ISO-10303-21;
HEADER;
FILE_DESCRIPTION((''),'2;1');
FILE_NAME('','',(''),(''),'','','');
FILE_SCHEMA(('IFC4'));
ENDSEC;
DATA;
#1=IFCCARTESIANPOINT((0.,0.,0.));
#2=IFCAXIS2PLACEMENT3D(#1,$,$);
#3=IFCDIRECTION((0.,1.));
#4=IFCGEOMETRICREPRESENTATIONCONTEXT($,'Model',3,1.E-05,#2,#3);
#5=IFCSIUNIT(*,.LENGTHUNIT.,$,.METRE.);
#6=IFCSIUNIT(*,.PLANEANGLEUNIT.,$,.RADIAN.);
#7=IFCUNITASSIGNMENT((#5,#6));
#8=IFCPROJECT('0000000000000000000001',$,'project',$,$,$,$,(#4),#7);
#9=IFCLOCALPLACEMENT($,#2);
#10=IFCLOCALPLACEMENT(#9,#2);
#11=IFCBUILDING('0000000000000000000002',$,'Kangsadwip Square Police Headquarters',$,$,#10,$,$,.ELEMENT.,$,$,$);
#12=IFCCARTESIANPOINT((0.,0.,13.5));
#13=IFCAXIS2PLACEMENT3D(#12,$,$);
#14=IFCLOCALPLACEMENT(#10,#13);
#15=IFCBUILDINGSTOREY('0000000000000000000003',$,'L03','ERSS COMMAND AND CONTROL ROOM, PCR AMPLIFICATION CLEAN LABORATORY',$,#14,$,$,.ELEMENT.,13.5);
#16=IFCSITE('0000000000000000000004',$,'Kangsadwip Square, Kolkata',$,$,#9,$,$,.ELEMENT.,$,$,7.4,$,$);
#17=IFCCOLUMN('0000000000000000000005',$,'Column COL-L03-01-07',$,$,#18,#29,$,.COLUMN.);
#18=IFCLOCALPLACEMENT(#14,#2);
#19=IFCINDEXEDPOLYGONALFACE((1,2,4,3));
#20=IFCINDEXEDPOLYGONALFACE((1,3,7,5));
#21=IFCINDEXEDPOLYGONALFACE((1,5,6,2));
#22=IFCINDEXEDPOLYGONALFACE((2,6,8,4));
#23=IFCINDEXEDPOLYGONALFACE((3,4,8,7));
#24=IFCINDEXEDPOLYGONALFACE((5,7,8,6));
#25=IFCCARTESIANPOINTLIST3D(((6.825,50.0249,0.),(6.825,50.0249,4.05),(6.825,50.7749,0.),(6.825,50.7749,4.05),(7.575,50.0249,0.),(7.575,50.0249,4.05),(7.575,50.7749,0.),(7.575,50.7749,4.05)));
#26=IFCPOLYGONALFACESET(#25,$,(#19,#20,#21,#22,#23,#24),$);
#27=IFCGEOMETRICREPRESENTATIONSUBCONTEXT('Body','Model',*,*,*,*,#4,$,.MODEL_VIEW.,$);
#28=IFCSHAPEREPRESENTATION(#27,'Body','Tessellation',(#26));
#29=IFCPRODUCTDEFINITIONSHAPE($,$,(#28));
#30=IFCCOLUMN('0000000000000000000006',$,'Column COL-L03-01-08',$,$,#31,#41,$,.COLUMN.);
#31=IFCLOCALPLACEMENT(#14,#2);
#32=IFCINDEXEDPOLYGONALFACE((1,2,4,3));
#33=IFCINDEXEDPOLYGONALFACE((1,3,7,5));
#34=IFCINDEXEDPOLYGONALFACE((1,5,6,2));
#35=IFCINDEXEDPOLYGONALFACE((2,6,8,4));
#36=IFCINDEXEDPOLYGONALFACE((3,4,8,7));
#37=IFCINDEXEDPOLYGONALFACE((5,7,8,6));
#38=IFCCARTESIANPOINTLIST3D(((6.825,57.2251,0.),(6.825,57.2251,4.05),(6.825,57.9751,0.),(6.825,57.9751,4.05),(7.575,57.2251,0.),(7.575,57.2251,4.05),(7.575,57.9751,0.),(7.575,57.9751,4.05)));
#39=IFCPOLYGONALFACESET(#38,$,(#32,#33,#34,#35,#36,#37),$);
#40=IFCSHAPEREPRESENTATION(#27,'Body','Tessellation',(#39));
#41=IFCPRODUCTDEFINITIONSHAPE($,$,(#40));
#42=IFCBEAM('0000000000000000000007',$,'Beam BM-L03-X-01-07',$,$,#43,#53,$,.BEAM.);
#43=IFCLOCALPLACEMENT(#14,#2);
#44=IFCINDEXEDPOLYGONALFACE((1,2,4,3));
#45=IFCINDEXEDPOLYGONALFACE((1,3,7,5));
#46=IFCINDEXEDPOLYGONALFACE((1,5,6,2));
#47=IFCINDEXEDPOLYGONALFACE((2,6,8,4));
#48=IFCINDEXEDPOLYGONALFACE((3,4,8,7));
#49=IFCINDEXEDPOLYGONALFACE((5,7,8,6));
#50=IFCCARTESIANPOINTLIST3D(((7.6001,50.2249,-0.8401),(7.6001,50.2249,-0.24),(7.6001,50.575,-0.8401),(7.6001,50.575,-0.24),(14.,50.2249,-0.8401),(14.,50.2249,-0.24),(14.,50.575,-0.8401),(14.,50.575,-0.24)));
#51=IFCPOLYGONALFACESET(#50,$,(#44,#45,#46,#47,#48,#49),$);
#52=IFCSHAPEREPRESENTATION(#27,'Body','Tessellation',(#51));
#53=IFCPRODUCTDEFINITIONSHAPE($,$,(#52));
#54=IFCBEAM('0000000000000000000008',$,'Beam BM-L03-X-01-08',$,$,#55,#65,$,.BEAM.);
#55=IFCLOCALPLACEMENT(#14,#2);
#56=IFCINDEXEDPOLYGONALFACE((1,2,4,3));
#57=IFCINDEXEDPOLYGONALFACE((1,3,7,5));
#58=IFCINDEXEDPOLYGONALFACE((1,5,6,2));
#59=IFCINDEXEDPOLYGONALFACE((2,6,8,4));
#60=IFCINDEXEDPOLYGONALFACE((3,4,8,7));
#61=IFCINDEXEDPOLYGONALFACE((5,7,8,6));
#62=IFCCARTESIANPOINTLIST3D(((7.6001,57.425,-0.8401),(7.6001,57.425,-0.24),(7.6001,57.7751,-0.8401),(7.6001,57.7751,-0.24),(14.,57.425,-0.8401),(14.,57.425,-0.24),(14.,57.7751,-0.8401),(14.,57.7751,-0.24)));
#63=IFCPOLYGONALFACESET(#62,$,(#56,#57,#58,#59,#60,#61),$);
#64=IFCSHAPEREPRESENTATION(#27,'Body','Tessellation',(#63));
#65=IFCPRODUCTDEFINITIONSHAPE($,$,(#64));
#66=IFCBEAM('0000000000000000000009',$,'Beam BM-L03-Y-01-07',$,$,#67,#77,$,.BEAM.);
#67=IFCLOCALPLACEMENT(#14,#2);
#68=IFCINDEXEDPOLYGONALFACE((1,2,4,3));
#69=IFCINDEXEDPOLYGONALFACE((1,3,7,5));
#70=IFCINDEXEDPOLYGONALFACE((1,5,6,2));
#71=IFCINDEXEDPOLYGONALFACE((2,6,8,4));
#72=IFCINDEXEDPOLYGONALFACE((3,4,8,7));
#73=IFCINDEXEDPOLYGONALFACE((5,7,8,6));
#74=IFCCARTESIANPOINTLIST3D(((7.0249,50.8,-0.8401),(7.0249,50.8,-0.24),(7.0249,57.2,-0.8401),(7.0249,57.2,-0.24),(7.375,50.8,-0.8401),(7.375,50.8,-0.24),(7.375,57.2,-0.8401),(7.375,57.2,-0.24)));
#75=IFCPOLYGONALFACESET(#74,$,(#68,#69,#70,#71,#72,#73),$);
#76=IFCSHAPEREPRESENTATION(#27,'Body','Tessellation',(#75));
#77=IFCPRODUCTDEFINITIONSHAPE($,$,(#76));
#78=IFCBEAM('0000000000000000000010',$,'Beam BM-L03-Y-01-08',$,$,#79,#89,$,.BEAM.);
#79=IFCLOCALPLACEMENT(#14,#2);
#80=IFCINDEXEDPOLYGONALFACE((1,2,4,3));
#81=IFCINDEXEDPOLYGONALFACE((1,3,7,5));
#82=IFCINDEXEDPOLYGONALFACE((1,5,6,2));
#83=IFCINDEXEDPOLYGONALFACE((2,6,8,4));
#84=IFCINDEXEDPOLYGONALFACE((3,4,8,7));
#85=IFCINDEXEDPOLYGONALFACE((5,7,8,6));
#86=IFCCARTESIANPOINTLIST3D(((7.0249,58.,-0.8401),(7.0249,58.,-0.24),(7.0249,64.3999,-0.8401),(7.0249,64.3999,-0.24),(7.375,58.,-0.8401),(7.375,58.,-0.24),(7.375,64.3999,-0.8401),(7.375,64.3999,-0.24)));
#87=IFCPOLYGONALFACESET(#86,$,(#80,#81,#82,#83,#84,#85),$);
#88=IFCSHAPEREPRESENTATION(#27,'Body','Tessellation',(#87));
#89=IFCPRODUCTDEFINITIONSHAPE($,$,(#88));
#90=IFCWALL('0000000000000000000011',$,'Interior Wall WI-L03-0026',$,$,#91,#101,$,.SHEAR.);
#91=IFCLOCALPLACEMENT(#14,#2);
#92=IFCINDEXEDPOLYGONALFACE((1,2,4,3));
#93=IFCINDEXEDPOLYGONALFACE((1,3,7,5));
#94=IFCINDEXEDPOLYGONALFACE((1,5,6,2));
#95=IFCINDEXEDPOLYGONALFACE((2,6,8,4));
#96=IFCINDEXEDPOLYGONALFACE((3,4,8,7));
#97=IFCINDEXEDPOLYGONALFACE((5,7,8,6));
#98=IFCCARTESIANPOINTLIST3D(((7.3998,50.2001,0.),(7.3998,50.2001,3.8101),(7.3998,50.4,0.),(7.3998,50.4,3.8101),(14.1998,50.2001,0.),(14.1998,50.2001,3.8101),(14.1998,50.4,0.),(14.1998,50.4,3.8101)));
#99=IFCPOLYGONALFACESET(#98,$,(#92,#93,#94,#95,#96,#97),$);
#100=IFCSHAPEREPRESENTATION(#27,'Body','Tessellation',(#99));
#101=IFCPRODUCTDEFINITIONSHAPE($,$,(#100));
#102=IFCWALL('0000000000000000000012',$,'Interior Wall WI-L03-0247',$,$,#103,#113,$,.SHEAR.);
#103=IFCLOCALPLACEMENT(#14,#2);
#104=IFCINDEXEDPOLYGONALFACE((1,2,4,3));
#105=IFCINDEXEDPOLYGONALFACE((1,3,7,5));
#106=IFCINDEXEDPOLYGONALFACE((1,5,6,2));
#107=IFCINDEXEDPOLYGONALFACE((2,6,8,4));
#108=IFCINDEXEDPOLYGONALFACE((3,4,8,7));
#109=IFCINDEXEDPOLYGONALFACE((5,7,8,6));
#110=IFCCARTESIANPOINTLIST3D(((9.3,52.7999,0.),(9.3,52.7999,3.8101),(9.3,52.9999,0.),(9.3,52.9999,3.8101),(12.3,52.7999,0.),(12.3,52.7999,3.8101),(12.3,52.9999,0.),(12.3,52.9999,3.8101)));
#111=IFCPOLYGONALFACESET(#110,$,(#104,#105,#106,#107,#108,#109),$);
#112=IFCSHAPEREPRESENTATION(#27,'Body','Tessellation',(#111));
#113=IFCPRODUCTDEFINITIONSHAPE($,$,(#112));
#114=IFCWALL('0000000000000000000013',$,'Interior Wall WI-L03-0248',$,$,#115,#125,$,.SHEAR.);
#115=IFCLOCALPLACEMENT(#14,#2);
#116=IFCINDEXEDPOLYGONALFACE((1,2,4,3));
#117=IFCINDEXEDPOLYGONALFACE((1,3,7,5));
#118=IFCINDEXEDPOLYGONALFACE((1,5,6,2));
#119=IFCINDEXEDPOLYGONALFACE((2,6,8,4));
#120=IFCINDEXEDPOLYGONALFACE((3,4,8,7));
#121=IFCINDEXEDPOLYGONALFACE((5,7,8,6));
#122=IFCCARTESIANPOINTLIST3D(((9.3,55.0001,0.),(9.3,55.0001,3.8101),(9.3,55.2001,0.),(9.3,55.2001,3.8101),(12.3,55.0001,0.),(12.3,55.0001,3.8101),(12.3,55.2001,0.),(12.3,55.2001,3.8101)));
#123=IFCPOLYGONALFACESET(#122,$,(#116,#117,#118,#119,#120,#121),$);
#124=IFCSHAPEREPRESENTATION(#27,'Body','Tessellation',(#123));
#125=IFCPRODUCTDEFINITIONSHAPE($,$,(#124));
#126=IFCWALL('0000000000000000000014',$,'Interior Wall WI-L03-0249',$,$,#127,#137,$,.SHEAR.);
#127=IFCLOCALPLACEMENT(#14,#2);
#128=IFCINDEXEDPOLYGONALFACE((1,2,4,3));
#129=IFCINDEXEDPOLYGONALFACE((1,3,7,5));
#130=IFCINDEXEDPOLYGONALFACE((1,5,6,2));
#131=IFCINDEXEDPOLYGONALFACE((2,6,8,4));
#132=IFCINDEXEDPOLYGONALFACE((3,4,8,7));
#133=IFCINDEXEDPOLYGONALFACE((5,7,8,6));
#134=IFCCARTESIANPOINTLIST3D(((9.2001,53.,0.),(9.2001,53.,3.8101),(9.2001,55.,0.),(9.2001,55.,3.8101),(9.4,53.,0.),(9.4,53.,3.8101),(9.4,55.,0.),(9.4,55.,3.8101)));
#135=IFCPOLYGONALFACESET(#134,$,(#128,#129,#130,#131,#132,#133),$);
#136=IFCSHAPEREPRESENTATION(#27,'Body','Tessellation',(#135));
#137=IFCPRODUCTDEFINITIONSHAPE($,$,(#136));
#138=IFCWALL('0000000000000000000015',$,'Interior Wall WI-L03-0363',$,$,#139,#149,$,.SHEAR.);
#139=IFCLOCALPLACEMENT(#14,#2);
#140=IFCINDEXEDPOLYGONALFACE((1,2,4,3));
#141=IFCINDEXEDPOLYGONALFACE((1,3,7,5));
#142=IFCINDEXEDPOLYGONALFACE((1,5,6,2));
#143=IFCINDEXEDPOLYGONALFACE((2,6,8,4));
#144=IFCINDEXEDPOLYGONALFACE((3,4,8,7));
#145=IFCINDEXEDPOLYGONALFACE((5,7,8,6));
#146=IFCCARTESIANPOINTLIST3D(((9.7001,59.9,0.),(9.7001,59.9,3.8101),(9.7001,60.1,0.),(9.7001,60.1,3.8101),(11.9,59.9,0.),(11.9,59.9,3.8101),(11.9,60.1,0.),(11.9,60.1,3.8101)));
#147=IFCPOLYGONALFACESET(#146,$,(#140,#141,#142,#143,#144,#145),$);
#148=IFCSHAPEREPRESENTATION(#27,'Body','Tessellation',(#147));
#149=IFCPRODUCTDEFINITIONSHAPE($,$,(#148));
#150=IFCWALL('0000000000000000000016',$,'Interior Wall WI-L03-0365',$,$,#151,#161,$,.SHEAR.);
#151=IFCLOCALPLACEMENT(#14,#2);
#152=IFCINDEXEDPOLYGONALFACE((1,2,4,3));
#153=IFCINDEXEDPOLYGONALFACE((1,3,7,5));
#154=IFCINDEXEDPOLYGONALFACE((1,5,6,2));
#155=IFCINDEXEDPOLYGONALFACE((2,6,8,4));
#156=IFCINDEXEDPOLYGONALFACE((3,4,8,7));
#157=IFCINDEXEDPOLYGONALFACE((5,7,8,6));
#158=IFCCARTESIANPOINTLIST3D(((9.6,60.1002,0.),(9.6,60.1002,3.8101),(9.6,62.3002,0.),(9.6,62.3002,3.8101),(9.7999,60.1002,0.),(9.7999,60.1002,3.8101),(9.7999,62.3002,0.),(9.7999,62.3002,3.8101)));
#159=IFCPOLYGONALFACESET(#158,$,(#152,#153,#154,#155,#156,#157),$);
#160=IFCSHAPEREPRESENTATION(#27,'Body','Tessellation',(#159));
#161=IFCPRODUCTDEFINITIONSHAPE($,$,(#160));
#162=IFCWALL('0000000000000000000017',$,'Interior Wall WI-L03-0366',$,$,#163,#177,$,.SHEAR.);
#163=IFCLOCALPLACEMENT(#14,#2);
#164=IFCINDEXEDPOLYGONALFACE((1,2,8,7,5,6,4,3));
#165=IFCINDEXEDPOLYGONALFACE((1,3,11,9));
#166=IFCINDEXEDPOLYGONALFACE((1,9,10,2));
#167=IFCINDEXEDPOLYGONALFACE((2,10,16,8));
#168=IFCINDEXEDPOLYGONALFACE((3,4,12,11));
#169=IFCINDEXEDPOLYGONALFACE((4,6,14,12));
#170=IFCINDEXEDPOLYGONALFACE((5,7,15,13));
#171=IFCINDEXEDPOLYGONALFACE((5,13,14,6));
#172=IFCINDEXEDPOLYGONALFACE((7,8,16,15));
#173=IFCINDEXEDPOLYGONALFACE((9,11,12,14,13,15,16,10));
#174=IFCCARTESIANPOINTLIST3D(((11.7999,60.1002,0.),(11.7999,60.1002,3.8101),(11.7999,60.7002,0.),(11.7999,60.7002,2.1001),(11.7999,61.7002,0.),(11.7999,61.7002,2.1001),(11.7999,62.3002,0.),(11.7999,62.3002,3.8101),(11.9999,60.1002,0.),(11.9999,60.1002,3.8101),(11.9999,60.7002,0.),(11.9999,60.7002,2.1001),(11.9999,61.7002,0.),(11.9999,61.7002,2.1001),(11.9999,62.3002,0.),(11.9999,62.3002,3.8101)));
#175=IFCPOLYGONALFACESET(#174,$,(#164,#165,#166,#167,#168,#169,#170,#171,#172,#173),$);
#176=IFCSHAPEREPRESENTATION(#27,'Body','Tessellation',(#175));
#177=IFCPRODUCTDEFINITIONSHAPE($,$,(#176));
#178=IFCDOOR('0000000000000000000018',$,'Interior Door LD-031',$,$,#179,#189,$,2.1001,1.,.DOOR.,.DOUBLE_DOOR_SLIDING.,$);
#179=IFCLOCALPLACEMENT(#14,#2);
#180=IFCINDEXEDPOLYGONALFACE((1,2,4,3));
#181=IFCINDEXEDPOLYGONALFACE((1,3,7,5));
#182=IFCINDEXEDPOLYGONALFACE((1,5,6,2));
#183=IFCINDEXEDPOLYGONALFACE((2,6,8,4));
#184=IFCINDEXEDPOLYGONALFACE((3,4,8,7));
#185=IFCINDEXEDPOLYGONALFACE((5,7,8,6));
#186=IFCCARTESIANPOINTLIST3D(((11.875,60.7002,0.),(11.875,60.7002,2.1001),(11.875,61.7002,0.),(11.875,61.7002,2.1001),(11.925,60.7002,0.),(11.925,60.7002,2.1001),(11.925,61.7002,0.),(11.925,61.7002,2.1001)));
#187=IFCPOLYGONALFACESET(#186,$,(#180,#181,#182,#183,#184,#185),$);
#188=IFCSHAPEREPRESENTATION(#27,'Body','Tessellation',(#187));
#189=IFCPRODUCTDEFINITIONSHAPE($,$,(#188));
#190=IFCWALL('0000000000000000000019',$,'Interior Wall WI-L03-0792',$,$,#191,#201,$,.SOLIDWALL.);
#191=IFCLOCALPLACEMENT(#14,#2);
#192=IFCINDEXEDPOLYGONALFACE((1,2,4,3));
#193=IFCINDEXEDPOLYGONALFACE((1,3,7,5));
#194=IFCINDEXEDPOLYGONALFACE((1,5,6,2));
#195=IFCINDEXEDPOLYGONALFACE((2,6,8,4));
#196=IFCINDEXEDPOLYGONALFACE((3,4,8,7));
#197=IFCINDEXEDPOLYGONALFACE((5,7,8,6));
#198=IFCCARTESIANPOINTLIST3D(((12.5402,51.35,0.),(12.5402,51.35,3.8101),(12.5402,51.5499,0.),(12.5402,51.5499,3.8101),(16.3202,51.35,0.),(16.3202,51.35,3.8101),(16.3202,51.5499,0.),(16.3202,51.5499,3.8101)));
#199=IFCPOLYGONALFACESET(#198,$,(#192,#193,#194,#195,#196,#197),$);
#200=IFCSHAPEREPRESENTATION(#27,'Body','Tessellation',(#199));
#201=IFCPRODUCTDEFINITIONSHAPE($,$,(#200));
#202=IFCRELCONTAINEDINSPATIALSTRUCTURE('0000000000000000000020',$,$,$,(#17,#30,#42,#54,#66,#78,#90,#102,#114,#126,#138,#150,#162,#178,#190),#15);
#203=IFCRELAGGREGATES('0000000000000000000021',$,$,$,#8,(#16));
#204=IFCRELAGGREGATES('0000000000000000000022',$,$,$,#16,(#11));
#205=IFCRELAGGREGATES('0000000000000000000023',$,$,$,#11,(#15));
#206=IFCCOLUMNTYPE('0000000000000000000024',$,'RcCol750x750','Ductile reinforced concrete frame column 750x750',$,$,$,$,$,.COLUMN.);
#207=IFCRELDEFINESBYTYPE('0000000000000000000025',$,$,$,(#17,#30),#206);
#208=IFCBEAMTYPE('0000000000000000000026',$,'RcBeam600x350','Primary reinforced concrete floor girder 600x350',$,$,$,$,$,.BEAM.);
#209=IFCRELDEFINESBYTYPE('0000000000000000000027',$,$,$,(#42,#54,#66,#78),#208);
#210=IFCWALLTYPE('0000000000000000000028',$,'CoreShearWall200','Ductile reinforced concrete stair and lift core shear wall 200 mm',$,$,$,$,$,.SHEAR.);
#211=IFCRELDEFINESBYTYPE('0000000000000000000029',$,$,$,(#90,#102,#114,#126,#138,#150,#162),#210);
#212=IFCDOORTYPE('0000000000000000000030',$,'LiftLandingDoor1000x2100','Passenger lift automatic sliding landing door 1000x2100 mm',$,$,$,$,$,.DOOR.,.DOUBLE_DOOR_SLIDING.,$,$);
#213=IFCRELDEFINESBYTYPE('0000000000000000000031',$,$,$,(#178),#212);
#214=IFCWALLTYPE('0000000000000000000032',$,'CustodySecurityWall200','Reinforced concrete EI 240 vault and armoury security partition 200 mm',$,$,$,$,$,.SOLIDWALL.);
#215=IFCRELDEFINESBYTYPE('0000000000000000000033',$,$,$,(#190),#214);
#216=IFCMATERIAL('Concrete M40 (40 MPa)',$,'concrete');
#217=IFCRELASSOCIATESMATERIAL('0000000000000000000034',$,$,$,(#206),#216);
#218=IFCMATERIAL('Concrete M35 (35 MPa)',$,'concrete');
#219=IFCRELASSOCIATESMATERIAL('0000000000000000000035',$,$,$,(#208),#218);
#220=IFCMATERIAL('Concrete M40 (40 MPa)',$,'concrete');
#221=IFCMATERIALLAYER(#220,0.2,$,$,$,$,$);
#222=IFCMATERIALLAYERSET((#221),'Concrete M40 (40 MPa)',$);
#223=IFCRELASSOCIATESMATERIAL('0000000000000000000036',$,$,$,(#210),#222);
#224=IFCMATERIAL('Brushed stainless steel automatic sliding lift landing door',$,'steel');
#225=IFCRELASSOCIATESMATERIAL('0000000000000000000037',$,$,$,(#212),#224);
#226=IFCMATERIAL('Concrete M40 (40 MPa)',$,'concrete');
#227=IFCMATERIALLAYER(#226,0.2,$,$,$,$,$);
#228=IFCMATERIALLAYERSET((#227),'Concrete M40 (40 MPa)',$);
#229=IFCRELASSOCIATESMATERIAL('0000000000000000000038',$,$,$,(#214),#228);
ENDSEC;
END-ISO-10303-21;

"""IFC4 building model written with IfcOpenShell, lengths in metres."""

from ifc_helpers import new_model, si_unit, direction, frame, frame_2d, origin, origin_2d, place, context, subcontext, project, spatial, rectangle, extrude, material, layer, layer_set, material_profile, profile_set, type_object, element, fill, save


model = new_model("IFC4")

# Units and contexts
model_context = context("Model", 3, precision=1e-05, world=origin(), true_north=direction((0.0, 1.0)))
body_context = subcontext(model_context, "Body", "Model", "MODEL_VIEW")
ifc_project = project(units=[si_unit("LENGTHUNIT", "METRE"), si_unit("PLANEANGLEUNIT", "RADIAN")], contexts=[model_context])

# Site, building, storey
site_placement = place(None, origin())
site = spatial("IfcSite", under=ifc_project, at=site_placement, Name="Kangsadwip Square, Kolkata", CompositionType="ELEMENT", RefElevation=7.4)
building_placement = place(site_placement, origin())
building = spatial("IfcBuilding", under=site, at=building_placement, Name="Kangsadwip Square Police Headquarters", CompositionType="ELEMENT")
storey_placement = place(building_placement, frame((0.0, 0.0, 13.5)))
storey = spatial("IfcBuildingStorey", under=building, at=storey_placement, Name="L03", Description="ERSS COMMAND AND CONTROL ROOM, PCR AMPLIFICATION CLEAN LABORATORY", CompositionType="ELEMENT", Elevation=13.5)

# Columns
ifc_material_1 = material(Name="Concrete M40 (40 MPa)", Category="concrete")
ifc_material_profile_1 = material_profile(ifc_material_1, rectangle(XDim=0.75, YDim=0.75, at=origin_2d()), Name="RC COL 750X750")
ifc_profile_set_1 = profile_set([ifc_material_profile_1], Name="Concrete M40 (40 MPa)")
column_type = type_object("IfcColumnType", Name="RcCol750x750", Description="Ductile reinforced concrete frame column 750x750", PredefinedType="COLUMN", material=ifc_profile_set_1)
for number, where, z_axis, x_axis, name in (
    (1, (7.2, 50.3999, 0.0), (0.0, 0.0, 1.0), (1.0, 0.0, 0.0), "Column COL-L03-01-07"),
    (2, (7.2, 57.6001, 0.0), (0.0, 0.0, 1.0), (1.0, 0.0, 0.0), "Column COL-L03-01-08"),
):
    element("IfcColumn", number, at=place(storey_placement, frame(where, z_axis=z_axis, x_axis=x_axis)), inside=storey, type_object=column_type, Name=name, PredefinedType="COLUMN", context=body_context, shape_type="SweptSolid", body=[
        extrude(rectangle(XDim=0.75, YDim=0.75, at=origin_2d()), origin(), (0.0, 0.0, 1.0), 4.05),
    ])

# Beams
ifc_material_2 = material(Name="Concrete M35 (35 MPa)", Category="concrete")
ifc_material_profile_2 = material_profile(ifc_material_2, rectangle(XDim=0.3501, YDim=0.6001, at=origin_2d()), Name="RC BM 600X350")
ifc_profile_set_2 = profile_set([ifc_material_profile_2], Name="Concrete M35 (35 MPa)")
beam_type = type_object("IfcBeamType", Name="RcBeam600x350", Description="Primary reinforced concrete floor girder 600x350", PredefinedType="BEAM", material=ifc_profile_set_2)
for number, where, z_axis, x_axis, name in (
    (3, (7.6001, 50.3999, -0.54), (1.0, 0.0, 0.0), (0.0, 1.0, 0.0), "Beam BM-L03-X-01-07"),
    (4, (7.6001, 57.6001, -0.54), (1.0, 0.0, 0.0), (0.0, 1.0, 0.0), "Beam BM-L03-X-01-08"),
    (5, (7.2, 50.8, -0.54), (0.0, 1.0, 0.0), (-1.0, 0.0, 0.0), "Beam BM-L03-Y-01-07"),
    (6, (7.2, 58.0, -0.54), (0.0, 1.0, 0.0), (-1.0, 0.0, 0.0), "Beam BM-L03-Y-01-08"),
):
    element("IfcBeam", number, at=place(storey_placement, frame(where, z_axis=z_axis, x_axis=x_axis)), inside=storey, type_object=beam_type, Name=name, PredefinedType="BEAM", context=body_context, shape_type="SweptSolid", body=[
        extrude(rectangle(XDim=0.3501, YDim=0.6001, at=origin_2d()), origin(), (0.0, 0.0, 1.0), 6.3999),
    ])

# Walls
ifc_material_3 = material(Name="Concrete M40 (40 MPa)", Category="concrete")
ifc_layer_1 = layer(ifc_material_3, 0.2)
ifc_layer_set_1 = layer_set([ifc_layer_1], Name="Concrete M40 (40 MPa)")
wall_type_1 = type_object("IfcWallType", Name="CoreShearWall200", Description="Ductile reinforced concrete stair and lift core shear wall 200 mm", PredefinedType="SHEAR", material=ifc_layer_set_1)
wall_1_placement = place(storey_placement, frame((7.3999, 50.3, 0.0), z_axis=(0.0, 0.0, 1.0), x_axis=(1.0, 0.0, 0.0)))
element("IfcWall", 7, at=wall_1_placement, inside=storey, type_object=wall_type_1, Name="Interior Wall WI-L03-0026", PredefinedType="SHEAR", context=body_context, shape_type="SweptSolid", body=[
    extrude(rectangle(XDim=6.8, YDim=0.2, at=frame_2d((3.3999, 0.0))), origin(), (0.0, 0.0, 1.0), 3.8101),
])
for number, where, z_axis, x_axis, name in (
    (8, (9.3, 52.8999, 0.0), (0.0, 0.0, 1.0), (1.0, 0.0, 0.0), "Interior Wall WI-L03-0247"),
    (9, (9.3, 55.1001, 0.0), (0.0, 0.0, 1.0), (1.0, 0.0, 0.0), "Interior Wall WI-L03-0248"),
):
    element("IfcWall", number, at=place(storey_placement, frame(where, z_axis=z_axis, x_axis=x_axis)), inside=storey, type_object=wall_type_1, Name=name, PredefinedType="SHEAR", context=body_context, shape_type="SweptSolid", body=[
        extrude(rectangle(XDim=3.0, YDim=0.2, at=frame_2d((1.5, 0.0))), origin(), (0.0, 0.0, 1.0), 3.8101),
    ])
wall_2_placement = place(storey_placement, frame((9.3, 53.0, 0.0), z_axis=(0.0, 0.0, 1.0), x_axis=(0.0, 1.0, 0.0)))
element("IfcWall", 10, at=wall_2_placement, inside=storey, type_object=wall_type_1, Name="Interior Wall WI-L03-0249", PredefinedType="SHEAR", context=body_context, shape_type="SweptSolid", body=[
    extrude(rectangle(XDim=2.0, YDim=0.2, at=frame_2d((1.0, 0.0))), origin(), (0.0, 0.0, 1.0), 3.8101),
])

# Walls
for number, where, z_axis, x_axis, name in (
    (11, (9.7, 60.0, 0.0), (0.0, 0.0, 1.0), (1.0, 0.0, 0.0), "Interior Wall WI-L03-0363"),
    (12, (9.7, 60.1001, 0.0), (0.0, 0.0, 1.0), (0.0, 1.0, 0.0), "Interior Wall WI-L03-0365"),
):
    element("IfcWall", number, at=place(storey_placement, frame(where, z_axis=z_axis, x_axis=x_axis)), inside=storey, type_object=wall_type_1, Name=name, PredefinedType="SHEAR", context=body_context, shape_type="SweptSolid", body=[
        extrude(rectangle(XDim=2.2, YDim=0.2, at=frame_2d((1.1001, 0.0))), origin(), (0.0, 0.0, 1.0), 3.8101),
    ])

# Wall, opening, door
wall_3_placement = place(storey_placement, frame((11.8999, 60.1001, 0.0), z_axis=(0.0, 0.0, 1.0), x_axis=(0.0, 1.0, 0.0)))
wall_3 = element("IfcWall", 13, at=wall_3_placement, inside=storey, type_object=wall_type_1, Name="Interior Wall WI-L03-0366", PredefinedType="SHEAR", context=body_context, shape_type="SweptSolid", body=[
    extrude(rectangle(XDim=2.2, YDim=0.2, at=frame_2d((1.1001, 0.0))), origin(), (0.0, 0.0, 1.0), 3.8101),
])
opening_1_placement = place(wall_3_placement, frame((0.6001, 0.0, 0.0)))
opening_1 = element("IfcOpeningElement", 14, at=opening_1_placement, cuts=wall_3, PredefinedType="OPENING", context=body_context, shape_type="SweptSolid", body=[
    extrude(rectangle(XDim=1.0, YDim=2.1001, at=frame_2d((0.5, 1.05))), frame((0.0, 0.1099, 0.0), z_axis=(0.0, -1.0, 0.0), x_axis=(1.0, 0.0, 0.0)), (0.0, 0.0, 1.0), 0.22),
])
ifc_material_4 = material(Name="Brushed stainless steel automatic sliding lift landing door", Category="steel")
door_type_1 = type_object("IfcDoorType", Name="LiftLandingDoor1000x2100", Description="Passenger lift automatic sliding landing door 1000x2100 mm", OperationType="DOUBLE_DOOR_SLIDING", PredefinedType="DOOR", material=ifc_material_4)
door_1_placement = place(opening_1_placement, origin())
door_1 = element("IfcDoor", 15, at=door_1_placement, inside=storey, type_object=door_type_1, Name="Interior Door LD-031", OperationType="DOUBLE_DOOR_SLIDING", OverallHeight=2.1001, OverallWidth=1.0, PredefinedType="DOOR", context=body_context, shape_type="SweptSolid", body=[
    extrude(rectangle(XDim=1.0, YDim=2.1001, at=frame_2d((0.5, 1.05))), frame((0.0, 0.0249, 0.0), z_axis=(0.0, -1.0, 0.0), x_axis=(1.0, 0.0, 0.0)), (0.0, 0.0, 1.0), 0.05),
])
fill(opening_1, door_1)

# Wall
ifc_material_5 = material(Name="Concrete M40 (40 MPa)", Category="concrete")
ifc_layer_2 = layer(ifc_material_5, 0.2)
ifc_layer_set_2 = layer_set([ifc_layer_2], Name="Concrete M40 (40 MPa)")
wall_type_2 = type_object("IfcWallType", Name="CustodySecurityWall200", Description="Reinforced concrete EI 240 vault and armoury security partition 200 mm", PredefinedType="SOLIDWALL", material=ifc_layer_set_2)
for number, where, z_axis, x_axis, name in (
    (16, (12.54, 51.45, 0.0), (0.0, 0.0, 1.0), (1.0, 0.0, 0.0), "Interior Wall WI-L03-0792"),
):
    element("IfcWall", number, at=place(storey_placement, frame(where, z_axis=z_axis, x_axis=x_axis)), inside=storey, type_object=wall_type_2, Name=name, PredefinedType="SOLIDWALL", context=body_context, shape_type="SweptSolid", body=[
        extrude(rectangle(XDim=3.78, YDim=0.2, at=frame_2d((1.8901, 0.0))), origin(), (0.0, 0.0, 1.0), 3.8101),
    ])

save(model, "model.ifc")
